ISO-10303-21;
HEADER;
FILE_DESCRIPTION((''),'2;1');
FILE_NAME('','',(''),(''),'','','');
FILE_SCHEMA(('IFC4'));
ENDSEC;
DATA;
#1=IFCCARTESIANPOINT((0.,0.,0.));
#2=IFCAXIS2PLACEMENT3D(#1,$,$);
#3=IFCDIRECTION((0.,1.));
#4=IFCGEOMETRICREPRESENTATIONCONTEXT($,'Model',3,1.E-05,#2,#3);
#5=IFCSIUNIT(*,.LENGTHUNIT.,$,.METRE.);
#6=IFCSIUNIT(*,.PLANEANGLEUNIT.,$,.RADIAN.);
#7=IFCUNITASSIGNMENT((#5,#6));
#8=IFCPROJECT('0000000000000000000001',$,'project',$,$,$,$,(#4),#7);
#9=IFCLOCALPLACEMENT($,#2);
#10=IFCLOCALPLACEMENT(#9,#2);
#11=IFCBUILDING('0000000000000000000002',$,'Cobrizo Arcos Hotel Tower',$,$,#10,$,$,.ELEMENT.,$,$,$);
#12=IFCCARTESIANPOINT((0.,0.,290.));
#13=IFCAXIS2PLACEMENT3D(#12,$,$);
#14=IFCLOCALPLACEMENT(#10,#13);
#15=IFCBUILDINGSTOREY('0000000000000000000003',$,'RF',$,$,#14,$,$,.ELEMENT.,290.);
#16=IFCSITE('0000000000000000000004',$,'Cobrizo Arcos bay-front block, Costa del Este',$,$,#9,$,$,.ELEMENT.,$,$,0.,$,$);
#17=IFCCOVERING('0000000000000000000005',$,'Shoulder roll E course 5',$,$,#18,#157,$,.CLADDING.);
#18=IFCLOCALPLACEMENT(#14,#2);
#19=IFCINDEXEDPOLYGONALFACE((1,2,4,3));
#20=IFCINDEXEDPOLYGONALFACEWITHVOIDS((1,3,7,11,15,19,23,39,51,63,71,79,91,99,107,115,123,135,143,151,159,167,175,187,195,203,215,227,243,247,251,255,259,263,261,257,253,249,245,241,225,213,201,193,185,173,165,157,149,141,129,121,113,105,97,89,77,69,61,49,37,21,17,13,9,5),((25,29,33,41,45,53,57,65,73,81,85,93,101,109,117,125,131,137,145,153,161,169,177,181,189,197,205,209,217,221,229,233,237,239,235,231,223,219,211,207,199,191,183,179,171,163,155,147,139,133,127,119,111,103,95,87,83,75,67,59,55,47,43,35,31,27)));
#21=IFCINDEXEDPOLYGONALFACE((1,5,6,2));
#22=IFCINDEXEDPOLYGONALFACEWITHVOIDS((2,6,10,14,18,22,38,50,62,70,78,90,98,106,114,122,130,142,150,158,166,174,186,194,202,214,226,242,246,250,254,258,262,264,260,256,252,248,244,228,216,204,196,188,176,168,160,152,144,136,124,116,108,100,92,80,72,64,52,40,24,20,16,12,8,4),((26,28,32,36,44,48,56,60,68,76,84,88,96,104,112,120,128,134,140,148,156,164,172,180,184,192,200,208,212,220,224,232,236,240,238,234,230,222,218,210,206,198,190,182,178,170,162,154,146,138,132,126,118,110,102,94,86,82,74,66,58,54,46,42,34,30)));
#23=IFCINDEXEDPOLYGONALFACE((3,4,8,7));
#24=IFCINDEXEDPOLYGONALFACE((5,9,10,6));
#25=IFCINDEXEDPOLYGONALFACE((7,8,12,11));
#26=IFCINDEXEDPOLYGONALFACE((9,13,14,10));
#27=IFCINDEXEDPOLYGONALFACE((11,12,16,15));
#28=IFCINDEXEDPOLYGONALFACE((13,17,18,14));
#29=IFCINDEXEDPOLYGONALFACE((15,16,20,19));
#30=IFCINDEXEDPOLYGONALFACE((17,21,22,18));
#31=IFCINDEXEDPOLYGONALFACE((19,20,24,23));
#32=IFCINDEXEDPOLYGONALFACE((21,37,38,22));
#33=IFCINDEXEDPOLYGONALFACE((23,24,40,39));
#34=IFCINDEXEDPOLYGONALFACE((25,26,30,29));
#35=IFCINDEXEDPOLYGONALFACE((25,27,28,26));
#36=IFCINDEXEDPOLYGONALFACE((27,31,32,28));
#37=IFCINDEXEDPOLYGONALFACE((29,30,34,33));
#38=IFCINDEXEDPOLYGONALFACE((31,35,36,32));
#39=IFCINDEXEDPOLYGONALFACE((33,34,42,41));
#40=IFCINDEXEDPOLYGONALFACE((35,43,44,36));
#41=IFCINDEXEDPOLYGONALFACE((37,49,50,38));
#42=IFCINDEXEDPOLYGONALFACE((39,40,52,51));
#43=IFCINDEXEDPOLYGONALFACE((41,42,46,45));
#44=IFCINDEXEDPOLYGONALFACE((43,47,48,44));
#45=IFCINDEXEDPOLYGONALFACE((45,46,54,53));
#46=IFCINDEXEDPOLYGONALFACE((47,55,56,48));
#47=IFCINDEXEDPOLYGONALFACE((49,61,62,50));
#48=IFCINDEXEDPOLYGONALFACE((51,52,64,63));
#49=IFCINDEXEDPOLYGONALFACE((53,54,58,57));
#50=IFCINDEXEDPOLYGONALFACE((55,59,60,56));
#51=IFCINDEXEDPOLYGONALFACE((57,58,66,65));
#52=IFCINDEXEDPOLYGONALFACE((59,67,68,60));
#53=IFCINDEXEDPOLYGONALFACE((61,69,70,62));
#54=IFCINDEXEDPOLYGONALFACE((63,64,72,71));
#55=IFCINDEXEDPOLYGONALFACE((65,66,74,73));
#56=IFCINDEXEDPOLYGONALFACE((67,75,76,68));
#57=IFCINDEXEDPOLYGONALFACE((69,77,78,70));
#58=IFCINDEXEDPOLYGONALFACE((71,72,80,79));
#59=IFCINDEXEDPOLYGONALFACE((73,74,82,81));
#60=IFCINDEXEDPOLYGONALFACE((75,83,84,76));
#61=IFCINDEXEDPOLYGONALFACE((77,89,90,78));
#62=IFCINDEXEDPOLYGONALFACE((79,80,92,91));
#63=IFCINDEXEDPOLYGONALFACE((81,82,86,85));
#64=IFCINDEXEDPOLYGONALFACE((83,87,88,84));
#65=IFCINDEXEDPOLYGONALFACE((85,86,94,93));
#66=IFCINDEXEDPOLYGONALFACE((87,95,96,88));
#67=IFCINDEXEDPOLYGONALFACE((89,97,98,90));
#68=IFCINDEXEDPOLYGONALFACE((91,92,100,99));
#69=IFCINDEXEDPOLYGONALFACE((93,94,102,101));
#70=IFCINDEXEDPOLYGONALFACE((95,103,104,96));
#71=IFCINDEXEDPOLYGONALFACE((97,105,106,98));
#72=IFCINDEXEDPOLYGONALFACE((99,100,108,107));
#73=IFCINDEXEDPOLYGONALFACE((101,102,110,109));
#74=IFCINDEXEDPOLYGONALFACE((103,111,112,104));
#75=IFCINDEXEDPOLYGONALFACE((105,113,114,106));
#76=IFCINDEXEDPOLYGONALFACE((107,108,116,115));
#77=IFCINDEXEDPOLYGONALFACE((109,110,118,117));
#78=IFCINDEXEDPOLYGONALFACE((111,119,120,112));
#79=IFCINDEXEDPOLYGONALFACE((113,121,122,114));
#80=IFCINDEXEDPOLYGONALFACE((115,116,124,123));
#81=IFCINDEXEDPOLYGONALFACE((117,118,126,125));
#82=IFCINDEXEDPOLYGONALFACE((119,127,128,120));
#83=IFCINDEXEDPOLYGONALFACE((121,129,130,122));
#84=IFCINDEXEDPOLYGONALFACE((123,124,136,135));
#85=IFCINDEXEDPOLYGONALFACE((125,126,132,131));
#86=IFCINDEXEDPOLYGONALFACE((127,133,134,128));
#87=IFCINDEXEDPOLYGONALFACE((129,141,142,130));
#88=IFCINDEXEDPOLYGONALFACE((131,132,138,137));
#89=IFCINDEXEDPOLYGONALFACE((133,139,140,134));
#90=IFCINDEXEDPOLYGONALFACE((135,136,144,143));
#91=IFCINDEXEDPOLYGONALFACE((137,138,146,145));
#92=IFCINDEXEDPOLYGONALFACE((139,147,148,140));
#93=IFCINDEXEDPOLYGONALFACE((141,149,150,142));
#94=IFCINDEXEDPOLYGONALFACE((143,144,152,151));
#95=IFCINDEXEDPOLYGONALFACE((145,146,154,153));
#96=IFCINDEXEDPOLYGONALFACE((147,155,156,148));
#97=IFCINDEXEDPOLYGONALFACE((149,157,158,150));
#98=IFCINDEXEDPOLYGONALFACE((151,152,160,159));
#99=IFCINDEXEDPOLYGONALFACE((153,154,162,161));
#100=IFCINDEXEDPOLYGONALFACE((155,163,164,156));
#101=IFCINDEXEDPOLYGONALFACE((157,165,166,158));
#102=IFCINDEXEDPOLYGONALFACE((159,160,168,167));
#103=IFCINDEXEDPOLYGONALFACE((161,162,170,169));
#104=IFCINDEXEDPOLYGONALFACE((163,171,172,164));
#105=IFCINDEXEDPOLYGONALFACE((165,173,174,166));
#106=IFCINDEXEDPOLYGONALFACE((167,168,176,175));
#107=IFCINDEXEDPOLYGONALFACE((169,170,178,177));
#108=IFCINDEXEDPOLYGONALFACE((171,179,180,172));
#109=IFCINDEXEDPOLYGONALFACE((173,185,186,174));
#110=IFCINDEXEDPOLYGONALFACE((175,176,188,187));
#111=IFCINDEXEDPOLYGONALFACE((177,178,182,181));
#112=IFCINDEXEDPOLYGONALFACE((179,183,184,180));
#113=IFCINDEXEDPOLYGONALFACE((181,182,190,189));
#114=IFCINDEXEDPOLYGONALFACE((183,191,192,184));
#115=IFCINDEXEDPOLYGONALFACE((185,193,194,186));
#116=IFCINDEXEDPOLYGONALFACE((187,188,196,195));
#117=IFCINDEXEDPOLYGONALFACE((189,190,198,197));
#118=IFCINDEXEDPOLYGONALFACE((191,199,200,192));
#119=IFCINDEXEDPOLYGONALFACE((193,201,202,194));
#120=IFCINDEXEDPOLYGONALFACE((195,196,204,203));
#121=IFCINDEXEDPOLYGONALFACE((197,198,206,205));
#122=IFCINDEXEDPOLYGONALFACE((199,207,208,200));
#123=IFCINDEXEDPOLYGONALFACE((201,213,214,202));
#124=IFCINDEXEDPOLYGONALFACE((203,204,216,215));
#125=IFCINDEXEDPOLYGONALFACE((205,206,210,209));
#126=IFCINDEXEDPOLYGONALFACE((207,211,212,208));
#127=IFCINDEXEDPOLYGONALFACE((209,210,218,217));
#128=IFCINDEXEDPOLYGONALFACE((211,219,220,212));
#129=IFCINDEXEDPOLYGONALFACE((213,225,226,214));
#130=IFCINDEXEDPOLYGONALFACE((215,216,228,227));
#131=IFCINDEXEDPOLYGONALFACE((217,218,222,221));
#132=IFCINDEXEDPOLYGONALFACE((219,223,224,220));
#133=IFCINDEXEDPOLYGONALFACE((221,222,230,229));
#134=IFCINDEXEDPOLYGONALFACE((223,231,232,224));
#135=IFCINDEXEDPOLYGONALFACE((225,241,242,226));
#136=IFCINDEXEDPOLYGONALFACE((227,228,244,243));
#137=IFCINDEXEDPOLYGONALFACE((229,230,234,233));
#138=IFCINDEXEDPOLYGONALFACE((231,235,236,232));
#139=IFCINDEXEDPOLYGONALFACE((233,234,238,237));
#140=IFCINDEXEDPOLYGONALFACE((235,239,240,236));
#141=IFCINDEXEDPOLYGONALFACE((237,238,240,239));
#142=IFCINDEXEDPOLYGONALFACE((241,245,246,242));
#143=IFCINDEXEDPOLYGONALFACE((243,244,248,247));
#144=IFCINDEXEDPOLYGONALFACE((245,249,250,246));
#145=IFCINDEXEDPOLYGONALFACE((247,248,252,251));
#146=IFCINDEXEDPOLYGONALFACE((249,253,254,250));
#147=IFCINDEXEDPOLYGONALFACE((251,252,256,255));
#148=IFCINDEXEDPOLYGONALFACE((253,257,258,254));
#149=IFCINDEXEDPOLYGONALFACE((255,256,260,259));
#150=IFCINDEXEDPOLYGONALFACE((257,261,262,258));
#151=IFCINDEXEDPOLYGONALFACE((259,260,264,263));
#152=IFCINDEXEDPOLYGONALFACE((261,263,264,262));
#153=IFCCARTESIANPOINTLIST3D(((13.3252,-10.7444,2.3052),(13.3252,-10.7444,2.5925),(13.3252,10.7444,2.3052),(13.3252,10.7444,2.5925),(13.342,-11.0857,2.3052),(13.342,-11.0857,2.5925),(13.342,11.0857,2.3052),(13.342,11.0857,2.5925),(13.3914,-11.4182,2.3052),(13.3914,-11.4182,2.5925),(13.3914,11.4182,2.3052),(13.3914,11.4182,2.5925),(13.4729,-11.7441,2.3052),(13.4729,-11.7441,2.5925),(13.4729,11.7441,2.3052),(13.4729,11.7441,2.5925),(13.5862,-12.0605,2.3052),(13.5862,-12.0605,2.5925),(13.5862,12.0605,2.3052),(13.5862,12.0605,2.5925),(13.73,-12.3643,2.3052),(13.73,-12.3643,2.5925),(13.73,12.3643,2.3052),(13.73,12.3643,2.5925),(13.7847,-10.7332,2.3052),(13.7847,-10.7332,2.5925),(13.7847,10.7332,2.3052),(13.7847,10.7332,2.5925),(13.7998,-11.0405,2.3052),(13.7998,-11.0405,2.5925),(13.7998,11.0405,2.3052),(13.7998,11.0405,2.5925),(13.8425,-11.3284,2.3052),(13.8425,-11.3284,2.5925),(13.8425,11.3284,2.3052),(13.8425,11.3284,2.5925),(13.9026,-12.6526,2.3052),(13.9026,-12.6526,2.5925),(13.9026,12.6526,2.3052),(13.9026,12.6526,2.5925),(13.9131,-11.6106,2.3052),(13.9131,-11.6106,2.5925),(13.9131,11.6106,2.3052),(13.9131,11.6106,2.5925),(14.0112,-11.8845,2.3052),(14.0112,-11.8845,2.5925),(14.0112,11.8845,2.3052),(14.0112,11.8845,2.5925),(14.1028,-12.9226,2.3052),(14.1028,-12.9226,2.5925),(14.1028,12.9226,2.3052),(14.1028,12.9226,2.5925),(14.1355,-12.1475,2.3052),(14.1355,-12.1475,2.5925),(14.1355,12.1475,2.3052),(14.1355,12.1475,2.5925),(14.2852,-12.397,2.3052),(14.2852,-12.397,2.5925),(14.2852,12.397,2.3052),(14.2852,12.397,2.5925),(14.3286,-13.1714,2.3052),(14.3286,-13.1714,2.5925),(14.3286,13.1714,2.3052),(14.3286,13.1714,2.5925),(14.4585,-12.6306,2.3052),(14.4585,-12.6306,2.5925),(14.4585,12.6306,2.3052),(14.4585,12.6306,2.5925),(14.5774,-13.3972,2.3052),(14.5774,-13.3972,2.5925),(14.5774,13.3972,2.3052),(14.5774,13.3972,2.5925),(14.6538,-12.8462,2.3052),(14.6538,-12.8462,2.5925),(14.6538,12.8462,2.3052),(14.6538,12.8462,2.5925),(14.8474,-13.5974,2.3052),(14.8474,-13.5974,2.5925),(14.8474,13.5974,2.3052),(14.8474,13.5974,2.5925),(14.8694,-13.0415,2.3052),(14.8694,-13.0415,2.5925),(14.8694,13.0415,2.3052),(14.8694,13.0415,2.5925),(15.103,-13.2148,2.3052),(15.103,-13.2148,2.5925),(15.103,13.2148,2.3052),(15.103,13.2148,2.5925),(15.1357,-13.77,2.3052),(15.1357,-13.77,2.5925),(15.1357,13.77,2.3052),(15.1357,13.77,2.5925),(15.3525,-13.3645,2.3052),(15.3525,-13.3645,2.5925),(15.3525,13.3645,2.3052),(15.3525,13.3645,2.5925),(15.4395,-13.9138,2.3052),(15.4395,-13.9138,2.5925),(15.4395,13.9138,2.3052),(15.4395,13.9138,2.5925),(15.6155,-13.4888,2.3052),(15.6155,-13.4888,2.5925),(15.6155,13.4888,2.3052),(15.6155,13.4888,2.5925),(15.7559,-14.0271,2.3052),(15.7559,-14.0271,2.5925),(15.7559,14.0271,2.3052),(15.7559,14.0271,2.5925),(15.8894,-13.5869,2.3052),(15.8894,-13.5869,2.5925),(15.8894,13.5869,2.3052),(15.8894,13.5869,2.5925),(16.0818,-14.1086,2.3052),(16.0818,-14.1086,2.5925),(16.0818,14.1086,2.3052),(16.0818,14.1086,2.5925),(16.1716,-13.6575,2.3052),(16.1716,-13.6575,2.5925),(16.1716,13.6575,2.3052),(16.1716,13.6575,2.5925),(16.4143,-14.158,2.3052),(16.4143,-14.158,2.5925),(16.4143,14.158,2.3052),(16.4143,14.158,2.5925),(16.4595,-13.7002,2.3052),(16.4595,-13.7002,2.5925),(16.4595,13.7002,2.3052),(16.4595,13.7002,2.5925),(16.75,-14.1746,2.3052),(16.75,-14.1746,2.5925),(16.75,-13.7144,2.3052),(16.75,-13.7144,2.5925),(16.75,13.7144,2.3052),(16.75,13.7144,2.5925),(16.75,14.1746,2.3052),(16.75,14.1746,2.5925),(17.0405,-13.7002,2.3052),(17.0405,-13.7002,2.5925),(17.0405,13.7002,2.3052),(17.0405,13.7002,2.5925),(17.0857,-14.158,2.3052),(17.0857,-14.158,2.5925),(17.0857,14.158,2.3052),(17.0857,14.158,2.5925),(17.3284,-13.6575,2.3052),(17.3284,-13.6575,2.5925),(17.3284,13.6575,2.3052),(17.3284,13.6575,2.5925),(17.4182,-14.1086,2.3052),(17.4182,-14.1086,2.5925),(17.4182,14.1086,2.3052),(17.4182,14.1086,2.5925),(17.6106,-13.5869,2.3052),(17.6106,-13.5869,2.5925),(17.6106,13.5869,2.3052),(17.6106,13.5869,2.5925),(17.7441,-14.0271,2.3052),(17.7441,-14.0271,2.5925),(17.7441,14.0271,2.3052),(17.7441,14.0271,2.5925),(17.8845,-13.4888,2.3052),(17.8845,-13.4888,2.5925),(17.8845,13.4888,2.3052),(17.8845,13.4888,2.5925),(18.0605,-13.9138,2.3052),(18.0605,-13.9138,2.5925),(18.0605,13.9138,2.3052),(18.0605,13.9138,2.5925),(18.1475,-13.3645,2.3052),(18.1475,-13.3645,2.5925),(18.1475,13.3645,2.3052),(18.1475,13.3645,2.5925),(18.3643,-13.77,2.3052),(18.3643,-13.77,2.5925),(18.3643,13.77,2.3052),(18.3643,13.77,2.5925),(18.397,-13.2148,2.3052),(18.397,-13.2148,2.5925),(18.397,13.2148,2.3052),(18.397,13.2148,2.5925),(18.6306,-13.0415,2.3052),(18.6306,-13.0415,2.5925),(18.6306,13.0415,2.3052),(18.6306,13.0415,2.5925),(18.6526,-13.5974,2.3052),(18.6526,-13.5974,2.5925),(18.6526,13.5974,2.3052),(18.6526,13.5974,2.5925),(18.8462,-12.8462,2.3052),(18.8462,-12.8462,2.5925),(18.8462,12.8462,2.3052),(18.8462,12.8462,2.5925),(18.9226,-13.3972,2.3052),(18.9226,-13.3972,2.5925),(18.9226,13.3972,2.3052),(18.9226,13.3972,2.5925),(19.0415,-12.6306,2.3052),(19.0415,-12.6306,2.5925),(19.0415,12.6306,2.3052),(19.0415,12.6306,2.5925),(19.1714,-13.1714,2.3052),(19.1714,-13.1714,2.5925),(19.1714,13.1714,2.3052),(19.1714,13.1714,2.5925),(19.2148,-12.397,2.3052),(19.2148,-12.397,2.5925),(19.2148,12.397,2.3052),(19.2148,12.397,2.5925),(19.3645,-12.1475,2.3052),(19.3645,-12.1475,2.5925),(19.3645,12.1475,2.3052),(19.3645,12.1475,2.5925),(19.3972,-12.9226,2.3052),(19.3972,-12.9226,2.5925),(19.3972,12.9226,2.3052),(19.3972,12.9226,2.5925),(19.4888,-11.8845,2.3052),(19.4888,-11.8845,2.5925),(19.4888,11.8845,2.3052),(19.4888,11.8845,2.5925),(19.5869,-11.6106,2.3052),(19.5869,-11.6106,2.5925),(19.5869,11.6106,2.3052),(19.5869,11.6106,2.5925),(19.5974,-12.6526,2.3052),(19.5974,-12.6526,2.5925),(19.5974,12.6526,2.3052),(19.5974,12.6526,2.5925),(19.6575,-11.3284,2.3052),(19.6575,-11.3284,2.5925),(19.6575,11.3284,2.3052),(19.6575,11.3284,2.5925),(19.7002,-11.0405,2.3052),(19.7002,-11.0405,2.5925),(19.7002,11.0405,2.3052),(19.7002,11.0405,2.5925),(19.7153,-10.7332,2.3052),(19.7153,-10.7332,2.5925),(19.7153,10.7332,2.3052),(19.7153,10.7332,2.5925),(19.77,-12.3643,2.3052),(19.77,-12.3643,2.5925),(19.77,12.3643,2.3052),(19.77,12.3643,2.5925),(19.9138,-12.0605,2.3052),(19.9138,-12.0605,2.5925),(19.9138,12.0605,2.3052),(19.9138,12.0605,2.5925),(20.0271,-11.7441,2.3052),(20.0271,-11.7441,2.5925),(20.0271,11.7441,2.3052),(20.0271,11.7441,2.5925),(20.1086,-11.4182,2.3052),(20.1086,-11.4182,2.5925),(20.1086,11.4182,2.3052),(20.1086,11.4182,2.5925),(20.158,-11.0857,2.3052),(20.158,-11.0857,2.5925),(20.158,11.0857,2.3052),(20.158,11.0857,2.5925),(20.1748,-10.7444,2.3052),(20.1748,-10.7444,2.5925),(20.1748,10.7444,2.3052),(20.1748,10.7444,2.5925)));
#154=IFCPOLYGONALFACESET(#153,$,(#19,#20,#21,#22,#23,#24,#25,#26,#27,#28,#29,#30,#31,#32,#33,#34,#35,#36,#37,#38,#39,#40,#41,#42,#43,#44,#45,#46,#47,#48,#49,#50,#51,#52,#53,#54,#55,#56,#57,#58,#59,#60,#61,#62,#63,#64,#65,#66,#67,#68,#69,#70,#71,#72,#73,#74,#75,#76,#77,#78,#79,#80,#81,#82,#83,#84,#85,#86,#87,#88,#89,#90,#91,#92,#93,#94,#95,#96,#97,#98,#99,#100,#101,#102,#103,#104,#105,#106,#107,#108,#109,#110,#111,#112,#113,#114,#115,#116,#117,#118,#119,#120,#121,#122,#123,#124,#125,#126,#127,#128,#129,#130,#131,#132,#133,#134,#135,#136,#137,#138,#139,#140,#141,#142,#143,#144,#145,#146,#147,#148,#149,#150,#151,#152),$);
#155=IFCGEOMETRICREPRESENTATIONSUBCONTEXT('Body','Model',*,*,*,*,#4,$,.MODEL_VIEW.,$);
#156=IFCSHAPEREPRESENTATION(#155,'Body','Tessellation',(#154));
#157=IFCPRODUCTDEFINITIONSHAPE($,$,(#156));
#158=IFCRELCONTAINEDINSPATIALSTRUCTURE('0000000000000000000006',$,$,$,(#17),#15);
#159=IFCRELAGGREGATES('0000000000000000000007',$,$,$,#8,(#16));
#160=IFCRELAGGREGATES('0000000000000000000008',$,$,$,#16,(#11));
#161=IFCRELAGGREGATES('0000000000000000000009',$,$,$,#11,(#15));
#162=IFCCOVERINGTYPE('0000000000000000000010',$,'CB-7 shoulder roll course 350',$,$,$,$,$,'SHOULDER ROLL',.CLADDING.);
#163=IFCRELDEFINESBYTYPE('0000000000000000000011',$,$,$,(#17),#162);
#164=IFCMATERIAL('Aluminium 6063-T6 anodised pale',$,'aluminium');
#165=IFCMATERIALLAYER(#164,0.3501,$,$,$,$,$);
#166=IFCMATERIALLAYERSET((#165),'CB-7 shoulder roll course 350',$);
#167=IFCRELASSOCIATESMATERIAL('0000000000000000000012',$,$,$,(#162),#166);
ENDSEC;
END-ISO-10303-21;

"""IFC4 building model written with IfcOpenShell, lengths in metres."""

from ifc_helpers import new_model, si_unit, direction, frame, origin, place, context, subcontext, project, spatial, polyline, outline, extrude, material, layer, layer_set, type_object, element, save


model = new_model("IFC4")

# Units and contexts
model_context = context("Model", 3, precision=1e-05, world=origin(), true_north=direction((0.0, 1.0)))
body_context = subcontext(model_context, "Body", "Model", "MODEL_VIEW")
ifc_project = project(units=[si_unit("LENGTHUNIT", "METRE"), si_unit("PLANEANGLEUNIT", "RADIAN")], contexts=[model_context])

# Site, building, storey
site_placement = place(None, origin())
site = spatial("IfcSite", under=ifc_project, at=site_placement, Name="Cobrizo Arcos bay-front block, Costa del Este", CompositionType="ELEMENT", RefElevation=0.0)
building_placement = place(site_placement, origin())
building = spatial("IfcBuilding", under=site, at=building_placement, Name="Cobrizo Arcos Hotel Tower", CompositionType="ELEMENT")
storey_placement = place(building_placement, frame((0.0, 0.0, 290.0)))
storey = spatial("IfcBuildingStorey", under=building, at=storey_placement, Name="RF", CompositionType="ELEMENT", Elevation=290.0)

# Covering
ifc_material_1 = material(Name="Aluminium 6063-T6 anodised pale", Category="aluminium")
ifc_layer_1 = layer(ifc_material_1, 0.3501)
ifc_layer_set_1 = layer_set([ifc_layer_1], Name="CB-7 shoulder roll course 350")
covering_type_1 = type_object("IfcCoveringType", Name="CB-7 shoulder roll course 350", ElementType="SHOULDER ROLL", PredefinedType="CLADDING", material=ifc_layer_set_1)
covering_1_placement = place(storey_placement, frame((0.0, 0.0, 2.3052)))
element("IfcCovering", 1, at=covering_1_placement, inside=storey, type_object=covering_type_1, Name="Shoulder roll E course 5", PredefinedType="CLADDING", context=body_context, shape_type="SweptSolid", body=[
    extrude(outline(polyline([(13.3252, 10.7444), (13.342, 11.0857), (13.3914, 11.4182), (13.4729, 11.7441), (13.5862, 12.0605), (13.73, 12.3643), (13.9026, 12.6526), (14.1028, 12.9226), (14.3286, 13.1714), (14.5774, 13.3972), (14.8474, 13.5974), (15.1357, 13.77), (15.4395, 13.9138), (15.7559, 14.0271), (16.0818, 14.1086), (16.4143, 14.158), (16.75, 14.1746), (17.0857, 14.158), (17.4182, 14.1086), (17.7441, 14.0271), (18.0605, 13.9138), (18.3643, 13.77), (18.6526, 13.5974), (18.9226, 13.3972), (19.1714, 13.1714), (19.3972, 12.9226), (19.5974, 12.6526), (19.77, 12.3643), (19.9138, 12.0605), (20.0271, 11.7441), (20.1086, 11.4182), (20.158, 11.0857), (20.1748, 10.7444), (20.1748, -10.7444), (20.158, -11.0857), (20.1086, -11.4182), (20.0271, -11.7441), (19.9138, -12.0605), (19.77, -12.3643), (19.5974, -12.6526), (19.3972, -12.9226), (19.1714, -13.1714), (18.9226, -13.3972), (18.6526, -13.5974), (18.3643, -13.77), (18.0605, -13.9138), (17.7441, -14.0271), (17.4182, -14.1086), (17.0857, -14.158), (16.75, -14.1746), (16.4143, -14.158), (16.0818, -14.1086), (15.7559, -14.0271), (15.4395, -13.9138), (15.1357, -13.77), (14.8474, -13.5974), (14.5774, -13.3972), (14.3286, -13.1714), (14.1028, -12.9226), (13.9026, -12.6526), (13.73, -12.3643), (13.5862, -12.0605), (13.4729, -11.7441), (13.3914, -11.4182), (13.342, -11.0857), (13.3252, -10.7444), (13.3252, 10.7444)]), holes=[polyline([(13.7847, 10.7332), (13.7998, 11.0405), (13.8425, 11.3284), (13.9131, 11.6106), (14.0112, 11.8845), (14.1355, 12.1475), (14.2852, 12.397), (14.4585, 12.6306), (14.6538, 12.8462), (14.8694, 13.0415), (15.103, 13.2148), (15.3525, 13.3645), (15.6155, 13.4888), (15.8894, 13.5869), (16.1716, 13.6575), (16.4595, 13.7002), (16.75, 13.7144), (17.0405, 13.7002), (17.3284, 13.6575), (17.6106, 13.5869), (17.8845, 13.4888), (18.1475, 13.3645), (18.397, 13.2148), (18.6306, 13.0415), (18.8462, 12.8462), (19.0415, 12.6306), (19.2148, 12.397), (19.3645, 12.1475), (19.4888, 11.8845), (19.5869, 11.6106), (19.6575, 11.3284), (19.7002, 11.0405), (19.7153, 10.7332), (19.7153, -10.7332), (19.7002, -11.0405), (19.6575, -11.3284), (19.5869, -11.6106), (19.4888, -11.8845), (19.3645, -12.1475), (19.2148, -12.397), (19.0415, -12.6306), (18.8462, -12.8462), (18.6306, -13.0415), (18.397, -13.2148), (18.1475, -13.3645), (17.8845, -13.4888), (17.6106, -13.5869), (17.3284, -13.6575), (17.0405, -13.7002), (16.75, -13.7144), (16.4595, -13.7002), (16.1716, -13.6575), (15.8894, -13.5869), (15.6155, -13.4888), (15.3525, -13.3645), (15.103, -13.2148), (14.8694, -13.0415), (14.6538, -12.8462), (14.4585, -12.6306), (14.2852, -12.397), (14.1355, -12.1475), (14.0112, -11.8845), (13.9131, -11.6106), (13.8425, -11.3284), (13.7998, -11.0405), (13.7847, -10.7332), (13.7847, 10.7332)])]), origin(), (0.0, 0.0, 1.0), 0.2874),
])

save(model, "model.ifc")
